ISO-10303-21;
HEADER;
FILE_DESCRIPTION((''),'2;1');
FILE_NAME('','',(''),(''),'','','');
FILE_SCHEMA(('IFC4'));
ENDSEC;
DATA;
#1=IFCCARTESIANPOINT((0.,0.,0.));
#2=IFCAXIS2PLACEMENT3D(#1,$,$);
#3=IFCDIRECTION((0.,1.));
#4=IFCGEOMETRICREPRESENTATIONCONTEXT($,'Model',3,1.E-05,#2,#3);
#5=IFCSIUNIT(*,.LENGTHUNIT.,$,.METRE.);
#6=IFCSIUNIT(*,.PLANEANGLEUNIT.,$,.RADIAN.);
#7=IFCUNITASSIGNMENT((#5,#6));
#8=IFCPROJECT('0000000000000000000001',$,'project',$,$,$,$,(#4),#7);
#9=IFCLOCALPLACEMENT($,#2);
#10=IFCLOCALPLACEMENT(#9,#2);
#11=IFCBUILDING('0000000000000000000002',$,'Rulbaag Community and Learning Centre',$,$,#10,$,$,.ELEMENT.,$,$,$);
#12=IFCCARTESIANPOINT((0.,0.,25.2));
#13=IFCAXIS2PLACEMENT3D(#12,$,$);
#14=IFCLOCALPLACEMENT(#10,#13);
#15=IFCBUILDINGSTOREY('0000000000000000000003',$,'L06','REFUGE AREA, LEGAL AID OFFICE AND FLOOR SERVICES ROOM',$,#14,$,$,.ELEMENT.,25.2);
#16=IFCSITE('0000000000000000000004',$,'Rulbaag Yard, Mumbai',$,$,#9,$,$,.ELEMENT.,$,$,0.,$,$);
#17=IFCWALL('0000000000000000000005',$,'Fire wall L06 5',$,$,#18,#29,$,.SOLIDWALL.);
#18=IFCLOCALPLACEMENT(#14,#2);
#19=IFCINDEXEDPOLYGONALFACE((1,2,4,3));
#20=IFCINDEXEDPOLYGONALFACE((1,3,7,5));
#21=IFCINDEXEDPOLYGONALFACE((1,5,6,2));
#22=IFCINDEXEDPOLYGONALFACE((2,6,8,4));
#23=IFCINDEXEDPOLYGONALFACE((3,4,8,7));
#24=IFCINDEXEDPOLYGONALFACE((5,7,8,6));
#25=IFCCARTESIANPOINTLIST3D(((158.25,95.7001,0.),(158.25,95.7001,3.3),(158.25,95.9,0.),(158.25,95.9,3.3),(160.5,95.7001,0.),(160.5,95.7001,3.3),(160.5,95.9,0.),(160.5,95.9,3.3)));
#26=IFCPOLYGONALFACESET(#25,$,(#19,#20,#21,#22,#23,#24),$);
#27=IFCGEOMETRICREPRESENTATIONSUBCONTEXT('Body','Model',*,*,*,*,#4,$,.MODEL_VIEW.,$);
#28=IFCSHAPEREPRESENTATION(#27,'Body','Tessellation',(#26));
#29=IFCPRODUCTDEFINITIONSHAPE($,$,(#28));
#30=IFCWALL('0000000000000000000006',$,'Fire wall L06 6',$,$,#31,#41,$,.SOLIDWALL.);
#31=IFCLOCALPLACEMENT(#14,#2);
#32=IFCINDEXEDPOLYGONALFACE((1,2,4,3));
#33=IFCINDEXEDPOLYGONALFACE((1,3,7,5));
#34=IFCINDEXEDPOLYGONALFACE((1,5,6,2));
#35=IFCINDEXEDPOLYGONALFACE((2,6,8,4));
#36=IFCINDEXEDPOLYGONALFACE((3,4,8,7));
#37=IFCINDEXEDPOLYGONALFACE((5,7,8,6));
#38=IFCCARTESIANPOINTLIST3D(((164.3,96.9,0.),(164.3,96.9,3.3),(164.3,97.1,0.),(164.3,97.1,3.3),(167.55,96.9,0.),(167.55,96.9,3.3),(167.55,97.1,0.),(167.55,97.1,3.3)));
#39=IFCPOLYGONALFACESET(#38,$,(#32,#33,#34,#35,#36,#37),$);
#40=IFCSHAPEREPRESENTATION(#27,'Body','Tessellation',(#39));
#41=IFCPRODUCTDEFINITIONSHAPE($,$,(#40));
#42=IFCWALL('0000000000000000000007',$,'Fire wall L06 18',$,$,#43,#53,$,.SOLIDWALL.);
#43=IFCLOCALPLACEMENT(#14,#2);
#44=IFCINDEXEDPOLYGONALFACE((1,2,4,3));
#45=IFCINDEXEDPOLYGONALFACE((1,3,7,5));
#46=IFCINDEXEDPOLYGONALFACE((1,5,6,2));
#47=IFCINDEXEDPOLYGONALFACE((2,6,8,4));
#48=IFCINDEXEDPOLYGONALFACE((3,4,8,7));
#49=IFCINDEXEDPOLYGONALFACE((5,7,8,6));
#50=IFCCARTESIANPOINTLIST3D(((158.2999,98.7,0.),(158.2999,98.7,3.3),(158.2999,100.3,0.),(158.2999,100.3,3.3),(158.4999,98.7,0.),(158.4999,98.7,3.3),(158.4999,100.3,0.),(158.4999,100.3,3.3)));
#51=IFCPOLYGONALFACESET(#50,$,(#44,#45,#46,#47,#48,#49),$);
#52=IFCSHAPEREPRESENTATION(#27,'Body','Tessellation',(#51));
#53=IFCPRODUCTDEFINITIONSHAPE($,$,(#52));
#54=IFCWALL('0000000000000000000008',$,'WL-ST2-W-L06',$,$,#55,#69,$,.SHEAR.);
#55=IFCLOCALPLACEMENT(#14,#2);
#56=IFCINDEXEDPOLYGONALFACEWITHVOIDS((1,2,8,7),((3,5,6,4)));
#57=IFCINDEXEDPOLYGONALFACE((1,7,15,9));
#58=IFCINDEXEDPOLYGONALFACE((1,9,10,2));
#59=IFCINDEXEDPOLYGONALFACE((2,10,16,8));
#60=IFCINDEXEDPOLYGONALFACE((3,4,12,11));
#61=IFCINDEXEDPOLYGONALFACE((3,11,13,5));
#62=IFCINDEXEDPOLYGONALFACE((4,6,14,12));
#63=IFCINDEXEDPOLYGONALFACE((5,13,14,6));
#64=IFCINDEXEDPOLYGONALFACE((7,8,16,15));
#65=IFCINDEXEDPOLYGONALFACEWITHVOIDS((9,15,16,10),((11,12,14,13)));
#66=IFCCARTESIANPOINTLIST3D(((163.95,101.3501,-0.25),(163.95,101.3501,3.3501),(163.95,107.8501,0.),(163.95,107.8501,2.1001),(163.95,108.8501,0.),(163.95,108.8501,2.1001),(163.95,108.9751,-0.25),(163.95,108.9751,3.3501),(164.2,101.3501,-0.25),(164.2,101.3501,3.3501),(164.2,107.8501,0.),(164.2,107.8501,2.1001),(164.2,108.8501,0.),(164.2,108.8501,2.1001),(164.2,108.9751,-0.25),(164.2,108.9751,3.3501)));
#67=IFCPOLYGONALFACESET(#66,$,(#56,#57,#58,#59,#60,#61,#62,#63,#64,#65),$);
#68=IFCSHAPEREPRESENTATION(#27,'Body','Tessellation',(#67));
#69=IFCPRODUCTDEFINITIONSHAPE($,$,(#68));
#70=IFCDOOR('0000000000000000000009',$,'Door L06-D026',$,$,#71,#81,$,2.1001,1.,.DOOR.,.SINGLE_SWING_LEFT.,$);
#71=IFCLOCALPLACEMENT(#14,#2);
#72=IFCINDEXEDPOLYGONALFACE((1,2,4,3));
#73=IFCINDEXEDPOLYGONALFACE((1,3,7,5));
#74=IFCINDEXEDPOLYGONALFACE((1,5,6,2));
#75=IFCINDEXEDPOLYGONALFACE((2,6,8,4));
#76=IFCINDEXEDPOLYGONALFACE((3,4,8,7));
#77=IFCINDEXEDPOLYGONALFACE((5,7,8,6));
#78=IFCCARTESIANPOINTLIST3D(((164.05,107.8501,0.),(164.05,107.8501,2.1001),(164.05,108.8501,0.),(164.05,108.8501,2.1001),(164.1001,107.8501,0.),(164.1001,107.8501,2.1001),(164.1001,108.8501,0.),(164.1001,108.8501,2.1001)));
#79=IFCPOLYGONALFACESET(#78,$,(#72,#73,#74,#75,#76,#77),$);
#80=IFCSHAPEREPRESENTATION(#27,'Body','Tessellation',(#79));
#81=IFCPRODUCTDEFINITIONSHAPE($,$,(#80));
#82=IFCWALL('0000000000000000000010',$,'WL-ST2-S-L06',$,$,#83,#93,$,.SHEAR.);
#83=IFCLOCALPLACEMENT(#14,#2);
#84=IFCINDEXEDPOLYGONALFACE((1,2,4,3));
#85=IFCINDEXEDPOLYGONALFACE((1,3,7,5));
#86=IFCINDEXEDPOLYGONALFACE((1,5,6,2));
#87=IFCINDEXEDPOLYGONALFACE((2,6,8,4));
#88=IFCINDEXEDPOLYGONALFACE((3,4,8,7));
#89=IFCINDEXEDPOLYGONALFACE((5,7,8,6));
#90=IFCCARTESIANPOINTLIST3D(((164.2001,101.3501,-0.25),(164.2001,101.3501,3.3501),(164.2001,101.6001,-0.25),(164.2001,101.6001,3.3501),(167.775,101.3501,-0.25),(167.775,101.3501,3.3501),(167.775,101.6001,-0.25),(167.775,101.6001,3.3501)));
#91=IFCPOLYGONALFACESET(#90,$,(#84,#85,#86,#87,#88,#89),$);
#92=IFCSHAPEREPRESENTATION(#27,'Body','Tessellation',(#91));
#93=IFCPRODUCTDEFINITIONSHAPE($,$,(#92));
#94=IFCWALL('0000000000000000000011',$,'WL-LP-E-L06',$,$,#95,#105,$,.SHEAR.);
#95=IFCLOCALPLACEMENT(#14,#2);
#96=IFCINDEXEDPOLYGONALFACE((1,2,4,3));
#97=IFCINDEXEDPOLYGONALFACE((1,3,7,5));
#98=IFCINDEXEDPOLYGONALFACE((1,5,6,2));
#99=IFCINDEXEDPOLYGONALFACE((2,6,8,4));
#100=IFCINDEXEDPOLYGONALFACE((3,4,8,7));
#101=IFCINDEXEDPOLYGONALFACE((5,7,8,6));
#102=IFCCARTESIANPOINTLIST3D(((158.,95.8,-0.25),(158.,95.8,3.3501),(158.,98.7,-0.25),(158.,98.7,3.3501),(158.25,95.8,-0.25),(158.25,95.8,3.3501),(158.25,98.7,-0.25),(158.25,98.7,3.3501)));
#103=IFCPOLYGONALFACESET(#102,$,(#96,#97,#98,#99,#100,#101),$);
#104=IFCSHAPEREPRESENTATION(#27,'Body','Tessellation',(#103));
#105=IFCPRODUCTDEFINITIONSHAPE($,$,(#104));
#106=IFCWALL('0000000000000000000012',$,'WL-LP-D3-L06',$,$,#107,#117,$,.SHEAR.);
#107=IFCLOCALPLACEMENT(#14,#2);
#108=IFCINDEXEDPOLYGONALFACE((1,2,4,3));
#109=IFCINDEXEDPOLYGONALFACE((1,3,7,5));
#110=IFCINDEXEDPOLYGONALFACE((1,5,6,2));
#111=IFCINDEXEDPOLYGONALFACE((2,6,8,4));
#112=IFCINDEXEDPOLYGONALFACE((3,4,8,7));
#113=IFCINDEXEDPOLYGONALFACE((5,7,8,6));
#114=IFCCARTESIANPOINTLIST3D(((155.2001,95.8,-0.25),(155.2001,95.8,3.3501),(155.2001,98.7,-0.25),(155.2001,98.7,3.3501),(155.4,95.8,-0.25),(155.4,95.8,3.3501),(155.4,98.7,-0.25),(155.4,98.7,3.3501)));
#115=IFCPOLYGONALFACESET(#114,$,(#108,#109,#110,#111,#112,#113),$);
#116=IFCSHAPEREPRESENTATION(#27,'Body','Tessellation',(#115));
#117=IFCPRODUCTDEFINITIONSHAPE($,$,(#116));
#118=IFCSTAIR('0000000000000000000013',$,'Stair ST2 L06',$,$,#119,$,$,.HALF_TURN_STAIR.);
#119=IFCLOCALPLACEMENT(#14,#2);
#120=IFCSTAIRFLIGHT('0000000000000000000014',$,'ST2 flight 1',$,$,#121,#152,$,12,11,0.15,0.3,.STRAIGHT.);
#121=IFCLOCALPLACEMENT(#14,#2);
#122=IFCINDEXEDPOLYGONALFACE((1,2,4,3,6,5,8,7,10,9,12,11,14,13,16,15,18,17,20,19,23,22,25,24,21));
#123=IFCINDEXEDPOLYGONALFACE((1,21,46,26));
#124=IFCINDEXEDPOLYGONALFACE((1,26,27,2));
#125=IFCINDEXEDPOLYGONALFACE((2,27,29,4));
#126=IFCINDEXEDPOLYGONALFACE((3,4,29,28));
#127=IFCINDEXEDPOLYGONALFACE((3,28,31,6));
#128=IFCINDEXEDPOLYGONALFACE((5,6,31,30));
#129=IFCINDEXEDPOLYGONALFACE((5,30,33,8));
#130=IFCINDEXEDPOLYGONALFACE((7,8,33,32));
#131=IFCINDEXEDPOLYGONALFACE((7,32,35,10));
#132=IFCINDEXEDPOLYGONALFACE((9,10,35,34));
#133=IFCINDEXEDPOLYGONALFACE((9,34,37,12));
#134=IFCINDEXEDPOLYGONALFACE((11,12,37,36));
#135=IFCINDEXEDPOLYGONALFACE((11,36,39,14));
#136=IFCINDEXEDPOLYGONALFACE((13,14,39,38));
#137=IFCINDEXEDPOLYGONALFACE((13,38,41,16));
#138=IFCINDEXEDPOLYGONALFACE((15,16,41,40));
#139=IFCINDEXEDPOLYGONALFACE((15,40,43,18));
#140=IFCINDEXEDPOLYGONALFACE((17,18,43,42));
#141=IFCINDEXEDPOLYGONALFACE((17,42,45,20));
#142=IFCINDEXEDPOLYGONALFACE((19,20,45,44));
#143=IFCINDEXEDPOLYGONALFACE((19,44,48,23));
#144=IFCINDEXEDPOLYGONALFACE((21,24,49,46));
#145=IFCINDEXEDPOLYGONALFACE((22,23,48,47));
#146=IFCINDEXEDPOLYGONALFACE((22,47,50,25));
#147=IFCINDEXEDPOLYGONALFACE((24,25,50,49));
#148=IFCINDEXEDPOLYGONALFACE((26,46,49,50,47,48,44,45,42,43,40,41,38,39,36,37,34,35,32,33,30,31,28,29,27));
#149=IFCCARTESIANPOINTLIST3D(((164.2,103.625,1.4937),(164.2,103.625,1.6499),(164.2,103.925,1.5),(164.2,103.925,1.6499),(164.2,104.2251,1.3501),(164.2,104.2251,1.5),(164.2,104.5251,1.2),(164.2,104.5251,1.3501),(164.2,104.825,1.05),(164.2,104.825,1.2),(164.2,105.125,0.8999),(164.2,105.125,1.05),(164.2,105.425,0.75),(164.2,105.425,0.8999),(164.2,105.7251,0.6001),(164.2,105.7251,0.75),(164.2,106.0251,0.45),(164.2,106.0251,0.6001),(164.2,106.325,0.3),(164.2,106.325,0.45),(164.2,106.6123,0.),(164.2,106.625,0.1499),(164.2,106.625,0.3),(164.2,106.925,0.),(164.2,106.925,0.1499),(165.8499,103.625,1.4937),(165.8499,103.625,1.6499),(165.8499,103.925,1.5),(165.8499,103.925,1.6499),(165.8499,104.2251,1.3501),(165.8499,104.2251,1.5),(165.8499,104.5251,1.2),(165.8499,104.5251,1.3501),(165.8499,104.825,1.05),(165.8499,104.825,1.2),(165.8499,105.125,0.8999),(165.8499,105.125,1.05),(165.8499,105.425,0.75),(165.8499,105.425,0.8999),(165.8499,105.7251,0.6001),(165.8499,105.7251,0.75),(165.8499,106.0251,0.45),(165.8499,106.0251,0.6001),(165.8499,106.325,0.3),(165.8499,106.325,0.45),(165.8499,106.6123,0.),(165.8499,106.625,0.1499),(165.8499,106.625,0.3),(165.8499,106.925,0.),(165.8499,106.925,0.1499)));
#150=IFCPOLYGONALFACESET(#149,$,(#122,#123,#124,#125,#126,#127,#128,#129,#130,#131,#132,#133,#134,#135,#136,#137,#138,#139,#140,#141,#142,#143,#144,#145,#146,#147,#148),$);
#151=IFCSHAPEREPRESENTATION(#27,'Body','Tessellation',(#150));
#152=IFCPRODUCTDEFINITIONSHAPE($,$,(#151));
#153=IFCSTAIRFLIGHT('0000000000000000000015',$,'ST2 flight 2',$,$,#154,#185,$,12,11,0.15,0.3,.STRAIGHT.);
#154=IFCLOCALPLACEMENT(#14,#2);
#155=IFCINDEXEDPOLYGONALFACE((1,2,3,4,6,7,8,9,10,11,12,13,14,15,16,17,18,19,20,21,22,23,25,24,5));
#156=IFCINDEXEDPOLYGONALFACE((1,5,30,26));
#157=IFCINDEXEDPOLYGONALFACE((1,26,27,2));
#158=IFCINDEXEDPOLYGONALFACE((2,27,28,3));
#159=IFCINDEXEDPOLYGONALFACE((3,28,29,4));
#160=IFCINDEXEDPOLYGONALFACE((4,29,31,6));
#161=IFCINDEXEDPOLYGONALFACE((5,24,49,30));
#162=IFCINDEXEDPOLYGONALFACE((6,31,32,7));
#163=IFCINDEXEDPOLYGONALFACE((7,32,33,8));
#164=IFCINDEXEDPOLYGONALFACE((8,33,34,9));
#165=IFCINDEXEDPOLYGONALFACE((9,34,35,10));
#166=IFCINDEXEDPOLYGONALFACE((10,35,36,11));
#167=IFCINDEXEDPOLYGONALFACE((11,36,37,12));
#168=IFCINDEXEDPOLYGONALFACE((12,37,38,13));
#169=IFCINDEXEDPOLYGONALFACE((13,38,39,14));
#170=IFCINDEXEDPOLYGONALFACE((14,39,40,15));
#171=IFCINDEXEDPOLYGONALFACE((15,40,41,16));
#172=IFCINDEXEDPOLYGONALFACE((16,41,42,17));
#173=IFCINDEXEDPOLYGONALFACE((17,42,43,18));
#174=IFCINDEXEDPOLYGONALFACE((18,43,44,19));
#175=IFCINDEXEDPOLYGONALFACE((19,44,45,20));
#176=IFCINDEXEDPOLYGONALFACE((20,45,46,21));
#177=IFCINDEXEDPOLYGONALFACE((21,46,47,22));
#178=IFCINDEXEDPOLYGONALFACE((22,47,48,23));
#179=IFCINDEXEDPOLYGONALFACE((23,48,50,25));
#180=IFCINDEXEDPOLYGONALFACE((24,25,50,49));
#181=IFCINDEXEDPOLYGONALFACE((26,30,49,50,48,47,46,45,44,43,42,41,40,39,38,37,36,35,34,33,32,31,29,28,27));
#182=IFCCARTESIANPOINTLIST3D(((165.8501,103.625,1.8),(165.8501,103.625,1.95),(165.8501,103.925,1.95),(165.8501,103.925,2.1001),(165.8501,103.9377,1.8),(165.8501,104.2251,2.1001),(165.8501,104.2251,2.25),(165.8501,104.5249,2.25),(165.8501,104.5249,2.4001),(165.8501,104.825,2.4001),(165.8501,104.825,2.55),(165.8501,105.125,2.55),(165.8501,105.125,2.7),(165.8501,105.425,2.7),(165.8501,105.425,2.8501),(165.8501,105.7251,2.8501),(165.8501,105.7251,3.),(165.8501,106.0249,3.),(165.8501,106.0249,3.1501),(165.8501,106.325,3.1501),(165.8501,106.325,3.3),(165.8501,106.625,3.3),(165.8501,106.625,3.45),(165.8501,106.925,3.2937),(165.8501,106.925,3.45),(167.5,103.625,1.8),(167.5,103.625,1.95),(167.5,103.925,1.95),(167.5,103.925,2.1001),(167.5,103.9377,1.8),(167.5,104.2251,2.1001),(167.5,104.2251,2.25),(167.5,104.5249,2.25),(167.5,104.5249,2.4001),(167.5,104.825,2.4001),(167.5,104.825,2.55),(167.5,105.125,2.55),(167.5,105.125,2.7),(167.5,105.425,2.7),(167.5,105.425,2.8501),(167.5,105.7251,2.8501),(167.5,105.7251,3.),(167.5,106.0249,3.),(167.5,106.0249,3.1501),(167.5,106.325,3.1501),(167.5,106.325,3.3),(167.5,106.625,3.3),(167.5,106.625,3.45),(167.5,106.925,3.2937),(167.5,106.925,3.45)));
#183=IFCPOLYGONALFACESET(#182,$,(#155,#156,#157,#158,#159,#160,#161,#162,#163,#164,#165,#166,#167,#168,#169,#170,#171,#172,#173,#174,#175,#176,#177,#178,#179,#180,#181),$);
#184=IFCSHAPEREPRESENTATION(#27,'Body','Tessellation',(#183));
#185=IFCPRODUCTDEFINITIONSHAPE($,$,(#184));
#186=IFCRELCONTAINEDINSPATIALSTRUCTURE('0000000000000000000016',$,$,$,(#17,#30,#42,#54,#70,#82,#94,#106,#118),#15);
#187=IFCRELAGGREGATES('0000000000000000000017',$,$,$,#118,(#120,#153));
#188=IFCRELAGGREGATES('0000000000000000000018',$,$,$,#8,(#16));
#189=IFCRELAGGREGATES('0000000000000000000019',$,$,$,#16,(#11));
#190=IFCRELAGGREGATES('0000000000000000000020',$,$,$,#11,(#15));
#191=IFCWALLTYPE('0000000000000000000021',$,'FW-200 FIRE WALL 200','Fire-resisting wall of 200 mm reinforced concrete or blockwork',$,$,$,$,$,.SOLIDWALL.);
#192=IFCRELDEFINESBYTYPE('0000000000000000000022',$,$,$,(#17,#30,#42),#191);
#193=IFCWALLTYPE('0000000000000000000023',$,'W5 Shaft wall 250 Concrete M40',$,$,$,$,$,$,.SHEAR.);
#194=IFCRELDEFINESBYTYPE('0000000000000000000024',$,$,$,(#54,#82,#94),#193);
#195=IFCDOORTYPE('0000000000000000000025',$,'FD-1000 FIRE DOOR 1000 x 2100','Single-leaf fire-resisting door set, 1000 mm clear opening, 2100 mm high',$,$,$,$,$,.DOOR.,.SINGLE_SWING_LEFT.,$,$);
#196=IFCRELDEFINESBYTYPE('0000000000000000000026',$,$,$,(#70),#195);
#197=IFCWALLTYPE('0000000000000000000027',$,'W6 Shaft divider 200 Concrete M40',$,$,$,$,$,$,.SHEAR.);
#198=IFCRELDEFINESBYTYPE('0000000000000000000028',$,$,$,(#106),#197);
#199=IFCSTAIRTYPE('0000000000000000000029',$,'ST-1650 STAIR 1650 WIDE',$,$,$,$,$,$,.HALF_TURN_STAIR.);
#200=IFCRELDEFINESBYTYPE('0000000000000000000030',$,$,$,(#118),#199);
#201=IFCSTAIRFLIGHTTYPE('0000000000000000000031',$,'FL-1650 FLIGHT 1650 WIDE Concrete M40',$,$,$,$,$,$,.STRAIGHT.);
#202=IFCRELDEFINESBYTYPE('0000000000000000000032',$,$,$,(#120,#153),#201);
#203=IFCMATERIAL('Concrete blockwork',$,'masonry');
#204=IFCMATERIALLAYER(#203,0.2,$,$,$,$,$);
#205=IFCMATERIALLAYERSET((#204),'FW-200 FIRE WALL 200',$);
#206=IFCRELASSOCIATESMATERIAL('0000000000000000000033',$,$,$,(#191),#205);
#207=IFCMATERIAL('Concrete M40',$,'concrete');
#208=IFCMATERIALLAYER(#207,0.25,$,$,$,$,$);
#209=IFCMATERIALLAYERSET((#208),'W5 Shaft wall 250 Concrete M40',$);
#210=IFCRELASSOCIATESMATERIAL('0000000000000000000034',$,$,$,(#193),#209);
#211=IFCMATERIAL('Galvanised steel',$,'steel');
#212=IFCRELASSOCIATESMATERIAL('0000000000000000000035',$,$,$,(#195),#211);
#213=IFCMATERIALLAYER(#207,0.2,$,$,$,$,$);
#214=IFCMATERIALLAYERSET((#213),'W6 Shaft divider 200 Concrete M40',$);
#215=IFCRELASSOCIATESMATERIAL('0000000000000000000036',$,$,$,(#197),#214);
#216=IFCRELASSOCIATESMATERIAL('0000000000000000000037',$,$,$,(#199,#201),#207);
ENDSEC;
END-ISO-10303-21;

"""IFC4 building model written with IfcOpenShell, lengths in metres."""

from ifc_helpers import new_model, si_unit, direction, frame, frame_2d, origin, place, context, subcontext, project, spatial, polyline, rectangle, outline, extrude, material, layer, layer_set, type_object, element, fill, aggregate, save


model = new_model("IFC4")

# Units and contexts
model_context = context("Model", 3, precision=1e-05, world=origin(), true_north=direction((0.0, 1.0)))
body_context = subcontext(model_context, "Body", "Model", "MODEL_VIEW")
ifc_project = project(units=[si_unit("LENGTHUNIT", "METRE"), si_unit("PLANEANGLEUNIT", "RADIAN")], contexts=[model_context])

# Site, building, storey
site_placement = place(None, origin())
site = spatial("IfcSite", under=ifc_project, at=site_placement, Name="Rulbaag Yard, Mumbai", CompositionType="ELEMENT", RefElevation=0.0)
building_placement = place(site_placement, origin())
building = spatial("IfcBuilding", under=site, at=building_placement, Name="Rulbaag Community and Learning Centre", CompositionType="ELEMENT")
storey_placement = place(building_placement, frame((0.0, 0.0, 25.2)))
storey = spatial("IfcBuildingStorey", under=building, at=storey_placement, Name="L06", Description="REFUGE AREA, LEGAL AID OFFICE AND FLOOR SERVICES ROOM", CompositionType="ELEMENT", Elevation=25.2)

# Walls
ifc_material_1 = material(Name="Concrete blockwork", Category="masonry")
ifc_layer_1 = layer(ifc_material_1, 0.2)
ifc_layer_set_1 = layer_set([ifc_layer_1], Name="FW-200 FIRE WALL 200")
wall_type_1 = type_object("IfcWallType", Name="FW-200 FIRE WALL 200", Description="Fire-resisting wall of 200 mm reinforced concrete or blockwork", PredefinedType="SOLIDWALL", material=ifc_layer_set_1)
wall_1_placement = place(storey_placement, frame((158.25, 95.8, 0.0), z_axis=(0.0, 0.0, 1.0), x_axis=(1.0, 0.0, 0.0)))
element("IfcWall", 1, at=wall_1_placement, inside=storey, type_object=wall_type_1, Name="Fire wall L06 5", PredefinedType="SOLIDWALL", context=body_context, shape_type="SweptSolid", body=[
    extrude(rectangle(XDim=2.25, YDim=0.2, at=frame_2d((1.125, 0.0))), origin(), (0.0, 0.0, 1.0), 3.3),
])
wall_2_placement = place(storey_placement, frame((164.3, 97.0, 0.0), z_axis=(0.0, 0.0, 1.0), x_axis=(1.0, 0.0, 0.0)))
element("IfcWall", 2, at=wall_2_placement, inside=storey, type_object=wall_type_1, Name="Fire wall L06 6", PredefinedType="SOLIDWALL", context=body_context, shape_type="SweptSolid", body=[
    extrude(rectangle(XDim=3.25, YDim=0.2, at=frame_2d((1.625, 0.0))), origin(), (0.0, 0.0, 1.0), 3.3),
])
wall_3_placement = place(storey_placement, frame((158.3999, 98.7, 0.0), z_axis=(0.0, 0.0, 1.0), x_axis=(0.0, 1.0, 0.0)))
element("IfcWall", 3, at=wall_3_placement, inside=storey, type_object=wall_type_1, Name="Fire wall L06 18", PredefinedType="SOLIDWALL", context=body_context, shape_type="SweptSolid", body=[
    extrude(rectangle(XDim=1.6001, YDim=0.2, at=frame_2d((0.8, 0.0))), origin(), (0.0, 0.0, 1.0), 3.3),
])

# Wall, opening, door
ifc_material_2 = material(Name="Concrete M40", Category="concrete")
ifc_layer_2 = layer(ifc_material_2, 0.25)
ifc_layer_set_2 = layer_set([ifc_layer_2], Name="W5 Shaft wall 250 Concrete M40")
wall_type_2 = type_object("IfcWallType", Name="W5 Shaft wall 250 Concrete M40", PredefinedType="SHEAR", material=ifc_layer_set_2)
wall_4_placement = place(storey_placement, frame((164.075, 101.3501, -0.25), z_axis=(0.0, 0.0, 1.0), x_axis=(0.0, 1.0, 0.0)))
wall_4 = element("IfcWall", 4, at=wall_4_placement, inside=storey, type_object=wall_type_2, Name="WL-ST2-W-L06", PredefinedType="SHEAR", context=body_context, shape_type="SweptSolid", body=[
    extrude(rectangle(XDim=7.625, YDim=0.25, at=frame_2d((3.8125, 0.0))), origin(), (0.0, 0.0, 1.0), 3.6001),
])
opening_placement = place(wall_4_placement, frame((6.5, 0.0, 0.25)))
opening = element("IfcOpeningElement", 5, at=opening_placement, cuts=wall_4, PredefinedType="OPENING", context=body_context, shape_type="SweptSolid", body=[
    extrude(rectangle(XDim=1.0, YDim=2.1001, at=frame_2d((0.5, 1.05))), frame((0.0, 0.135, 0.0), z_axis=(0.0, -1.0, 0.0), x_axis=(1.0, 0.0, 0.0)), (0.0, 0.0, 1.0), 0.27),
])
ifc_material_3 = material(Name="Galvanised steel", Category="steel")
door_type = type_object("IfcDoorType", Name="FD-1000 FIRE DOOR 1000 x 2100", Description="Single-leaf fire-resisting door set, 1000 mm clear opening, 2100 mm high", OperationType="SINGLE_SWING_LEFT", PredefinedType="DOOR", material=ifc_material_3)
door_placement = place(opening_placement, origin())
door = element("IfcDoor", 6, at=door_placement, inside=storey, type_object=door_type, Name="Door L06-D026", OperationType="SINGLE_SWING_LEFT", OverallHeight=2.1001, OverallWidth=1.0, PredefinedType="DOOR", context=body_context, shape_type="SweptSolid", body=[
    extrude(rectangle(XDim=1.0, YDim=2.1001, at=frame_2d((0.5, 1.05))), frame((0.0, 0.0249, 0.0), z_axis=(0.0, -1.0, 0.0), x_axis=(1.0, 0.0, 0.0)), (0.0, 0.0, 1.0), 0.05),
])
fill(opening, door)

# Walls
wall_5_placement = place(storey_placement, frame((164.2, 101.4751, -0.25), z_axis=(0.0, 0.0, 1.0), x_axis=(1.0, 0.0, 0.0)))
element("IfcWall", 7, at=wall_5_placement, inside=storey, type_object=wall_type_2, Name="WL-ST2-S-L06", PredefinedType="SHEAR", context=body_context, shape_type="SweptSolid", body=[
    extrude(rectangle(XDim=3.575, YDim=0.25, at=frame_2d((1.7876, 0.0))), origin(), (0.0, 0.0, 1.0), 3.6001),
])
wall_6_placement = place(storey_placement, frame((158.125, 95.8, -0.25), z_axis=(0.0, 0.0, 1.0), x_axis=(0.0, 1.0, 0.0)))
element("IfcWall", 8, at=wall_6_placement, inside=storey, type_object=wall_type_2, Name="WL-LP-E-L06", PredefinedType="SHEAR", context=body_context, shape_type="SweptSolid", body=[
    extrude(rectangle(XDim=2.8999, YDim=0.25, at=frame_2d((1.45, 0.0))), origin(), (0.0, 0.0, 1.0), 3.6001),
])
ifc_layer_3 = layer(ifc_material_2, 0.2)
ifc_layer_set_3 = layer_set([ifc_layer_3], Name="W6 Shaft divider 200 Concrete M40")
wall_type_3 = type_object("IfcWallType", Name="W6 Shaft divider 200 Concrete M40", PredefinedType="SHEAR", material=ifc_layer_set_3)
wall_7_placement = place(storey_placement, frame((155.3, 95.8, -0.25), z_axis=(0.0, 0.0, 1.0), x_axis=(0.0, 1.0, 0.0)))
element("IfcWall", 9, at=wall_7_placement, inside=storey, type_object=wall_type_3, Name="WL-LP-D3-L06", PredefinedType="SHEAR", context=body_context, shape_type="SweptSolid", body=[
    extrude(rectangle(XDim=2.8999, YDim=0.2, at=frame_2d((1.45, 0.0))), origin(), (0.0, 0.0, 1.0), 3.6001),
])

# Stair, stair flights
stair_type = type_object("IfcStairType", Name="ST-1650 STAIR 1650 WIDE", PredefinedType="HALF_TURN_STAIR", material=ifc_material_2)
stair_placement = place(storey_placement, origin())
stair = element("IfcStair", 10, at=stair_placement, inside=storey, type_object=stair_type, Name="Stair ST2 L06", PredefinedType="HALF_TURN_STAIR")
stair_flight_type = type_object("IfcStairFlightType", Name="FL-1650 FLIGHT 1650 WIDE Concrete M40", PredefinedType="STRAIGHT", material=ifc_material_2)
stair_flight_1_placement = place(storey_placement, frame((165.0249, 106.925, 0.0), z_axis=(0.0, 0.0, 1.0), x_axis=(0.0, -1.0, 0.0)))
stair_flight_1 = element("IfcStairFlight", 11, at=stair_flight_1_placement, type_object=stair_flight_type, Name="ST2 flight 1", NumberOfRisers=12, NumberOfTreads=11, PredefinedType="STRAIGHT", RiserHeight=0.15, TreadLength=0.3, context=body_context, shape_type="SweptSolid", body=[
    extrude(outline(polyline([(0.0, 0.0), (0.0, 0.1499), (0.3, 0.1499), (0.3, 0.3), (0.6001, 0.3), (0.6001, 0.45), (0.8999, 0.45), (0.8999, 0.6001), (1.2, 0.6001), (1.2, 0.75), (1.5, 0.75), (1.5, 0.8999), (1.8, 0.8999), (1.8, 1.05), (2.1001, 1.05), (2.1001, 1.2), (2.3999, 1.2), (2.3999, 1.3501), (2.7, 1.3501), (2.7, 1.5), (3.0, 1.5), (3.0, 1.6499), (3.3, 1.6499), (3.3, 1.4937), (0.3127, 0.0), (0.0, 0.0)])), frame((0.0, 0.825, 0.0), z_axis=(0.0, -1.0, 0.0), x_axis=(1.0, 0.0, 0.0)), (0.0, 0.0, 1.0), 1.6499),
])
stair_flight_2_placement = place(storey_placement, frame((166.675, 103.625, 1.8), z_axis=(0.0, 0.0, 1.0), x_axis=(0.0, 1.0, 0.0)))
stair_flight_2 = element("IfcStairFlight", 12, at=stair_flight_2_placement, type_object=stair_flight_type, Name="ST2 flight 2", NumberOfRisers=12, NumberOfTreads=11, PredefinedType="STRAIGHT", RiserHeight=0.15, TreadLength=0.3, context=body_context, shape_type="SweptSolid", body=[
    extrude(outline(polyline([(0.0, 0.0), (0.0, 0.1499), (0.3, 0.1499), (0.3, 0.3), (0.6001, 0.3), (0.6001, 0.45), (0.8999, 0.45), (0.8999, 0.6001), (1.2, 0.6001), (1.2, 0.75), (1.5, 0.75), (1.5, 0.8999), (1.8, 0.8999), (1.8, 1.05), (2.1001, 1.05), (2.1001, 1.2), (2.3999, 1.2), (2.3999, 1.3501), (2.7, 1.3501), (2.7, 1.5), (3.0, 1.5), (3.0, 1.6499), (3.3, 1.6499), (3.3, 1.4937), (0.3127, 0.0), (0.0, 0.0)])), frame((0.0, 0.825, 0.0), z_axis=(0.0, -1.0, 0.0), x_axis=(1.0, 0.0, 0.0)), (0.0, 0.0, 1.0), 1.6499),
])
aggregate(stair, [stair_flight_1, stair_flight_2])

save(model, "model.ifc")
